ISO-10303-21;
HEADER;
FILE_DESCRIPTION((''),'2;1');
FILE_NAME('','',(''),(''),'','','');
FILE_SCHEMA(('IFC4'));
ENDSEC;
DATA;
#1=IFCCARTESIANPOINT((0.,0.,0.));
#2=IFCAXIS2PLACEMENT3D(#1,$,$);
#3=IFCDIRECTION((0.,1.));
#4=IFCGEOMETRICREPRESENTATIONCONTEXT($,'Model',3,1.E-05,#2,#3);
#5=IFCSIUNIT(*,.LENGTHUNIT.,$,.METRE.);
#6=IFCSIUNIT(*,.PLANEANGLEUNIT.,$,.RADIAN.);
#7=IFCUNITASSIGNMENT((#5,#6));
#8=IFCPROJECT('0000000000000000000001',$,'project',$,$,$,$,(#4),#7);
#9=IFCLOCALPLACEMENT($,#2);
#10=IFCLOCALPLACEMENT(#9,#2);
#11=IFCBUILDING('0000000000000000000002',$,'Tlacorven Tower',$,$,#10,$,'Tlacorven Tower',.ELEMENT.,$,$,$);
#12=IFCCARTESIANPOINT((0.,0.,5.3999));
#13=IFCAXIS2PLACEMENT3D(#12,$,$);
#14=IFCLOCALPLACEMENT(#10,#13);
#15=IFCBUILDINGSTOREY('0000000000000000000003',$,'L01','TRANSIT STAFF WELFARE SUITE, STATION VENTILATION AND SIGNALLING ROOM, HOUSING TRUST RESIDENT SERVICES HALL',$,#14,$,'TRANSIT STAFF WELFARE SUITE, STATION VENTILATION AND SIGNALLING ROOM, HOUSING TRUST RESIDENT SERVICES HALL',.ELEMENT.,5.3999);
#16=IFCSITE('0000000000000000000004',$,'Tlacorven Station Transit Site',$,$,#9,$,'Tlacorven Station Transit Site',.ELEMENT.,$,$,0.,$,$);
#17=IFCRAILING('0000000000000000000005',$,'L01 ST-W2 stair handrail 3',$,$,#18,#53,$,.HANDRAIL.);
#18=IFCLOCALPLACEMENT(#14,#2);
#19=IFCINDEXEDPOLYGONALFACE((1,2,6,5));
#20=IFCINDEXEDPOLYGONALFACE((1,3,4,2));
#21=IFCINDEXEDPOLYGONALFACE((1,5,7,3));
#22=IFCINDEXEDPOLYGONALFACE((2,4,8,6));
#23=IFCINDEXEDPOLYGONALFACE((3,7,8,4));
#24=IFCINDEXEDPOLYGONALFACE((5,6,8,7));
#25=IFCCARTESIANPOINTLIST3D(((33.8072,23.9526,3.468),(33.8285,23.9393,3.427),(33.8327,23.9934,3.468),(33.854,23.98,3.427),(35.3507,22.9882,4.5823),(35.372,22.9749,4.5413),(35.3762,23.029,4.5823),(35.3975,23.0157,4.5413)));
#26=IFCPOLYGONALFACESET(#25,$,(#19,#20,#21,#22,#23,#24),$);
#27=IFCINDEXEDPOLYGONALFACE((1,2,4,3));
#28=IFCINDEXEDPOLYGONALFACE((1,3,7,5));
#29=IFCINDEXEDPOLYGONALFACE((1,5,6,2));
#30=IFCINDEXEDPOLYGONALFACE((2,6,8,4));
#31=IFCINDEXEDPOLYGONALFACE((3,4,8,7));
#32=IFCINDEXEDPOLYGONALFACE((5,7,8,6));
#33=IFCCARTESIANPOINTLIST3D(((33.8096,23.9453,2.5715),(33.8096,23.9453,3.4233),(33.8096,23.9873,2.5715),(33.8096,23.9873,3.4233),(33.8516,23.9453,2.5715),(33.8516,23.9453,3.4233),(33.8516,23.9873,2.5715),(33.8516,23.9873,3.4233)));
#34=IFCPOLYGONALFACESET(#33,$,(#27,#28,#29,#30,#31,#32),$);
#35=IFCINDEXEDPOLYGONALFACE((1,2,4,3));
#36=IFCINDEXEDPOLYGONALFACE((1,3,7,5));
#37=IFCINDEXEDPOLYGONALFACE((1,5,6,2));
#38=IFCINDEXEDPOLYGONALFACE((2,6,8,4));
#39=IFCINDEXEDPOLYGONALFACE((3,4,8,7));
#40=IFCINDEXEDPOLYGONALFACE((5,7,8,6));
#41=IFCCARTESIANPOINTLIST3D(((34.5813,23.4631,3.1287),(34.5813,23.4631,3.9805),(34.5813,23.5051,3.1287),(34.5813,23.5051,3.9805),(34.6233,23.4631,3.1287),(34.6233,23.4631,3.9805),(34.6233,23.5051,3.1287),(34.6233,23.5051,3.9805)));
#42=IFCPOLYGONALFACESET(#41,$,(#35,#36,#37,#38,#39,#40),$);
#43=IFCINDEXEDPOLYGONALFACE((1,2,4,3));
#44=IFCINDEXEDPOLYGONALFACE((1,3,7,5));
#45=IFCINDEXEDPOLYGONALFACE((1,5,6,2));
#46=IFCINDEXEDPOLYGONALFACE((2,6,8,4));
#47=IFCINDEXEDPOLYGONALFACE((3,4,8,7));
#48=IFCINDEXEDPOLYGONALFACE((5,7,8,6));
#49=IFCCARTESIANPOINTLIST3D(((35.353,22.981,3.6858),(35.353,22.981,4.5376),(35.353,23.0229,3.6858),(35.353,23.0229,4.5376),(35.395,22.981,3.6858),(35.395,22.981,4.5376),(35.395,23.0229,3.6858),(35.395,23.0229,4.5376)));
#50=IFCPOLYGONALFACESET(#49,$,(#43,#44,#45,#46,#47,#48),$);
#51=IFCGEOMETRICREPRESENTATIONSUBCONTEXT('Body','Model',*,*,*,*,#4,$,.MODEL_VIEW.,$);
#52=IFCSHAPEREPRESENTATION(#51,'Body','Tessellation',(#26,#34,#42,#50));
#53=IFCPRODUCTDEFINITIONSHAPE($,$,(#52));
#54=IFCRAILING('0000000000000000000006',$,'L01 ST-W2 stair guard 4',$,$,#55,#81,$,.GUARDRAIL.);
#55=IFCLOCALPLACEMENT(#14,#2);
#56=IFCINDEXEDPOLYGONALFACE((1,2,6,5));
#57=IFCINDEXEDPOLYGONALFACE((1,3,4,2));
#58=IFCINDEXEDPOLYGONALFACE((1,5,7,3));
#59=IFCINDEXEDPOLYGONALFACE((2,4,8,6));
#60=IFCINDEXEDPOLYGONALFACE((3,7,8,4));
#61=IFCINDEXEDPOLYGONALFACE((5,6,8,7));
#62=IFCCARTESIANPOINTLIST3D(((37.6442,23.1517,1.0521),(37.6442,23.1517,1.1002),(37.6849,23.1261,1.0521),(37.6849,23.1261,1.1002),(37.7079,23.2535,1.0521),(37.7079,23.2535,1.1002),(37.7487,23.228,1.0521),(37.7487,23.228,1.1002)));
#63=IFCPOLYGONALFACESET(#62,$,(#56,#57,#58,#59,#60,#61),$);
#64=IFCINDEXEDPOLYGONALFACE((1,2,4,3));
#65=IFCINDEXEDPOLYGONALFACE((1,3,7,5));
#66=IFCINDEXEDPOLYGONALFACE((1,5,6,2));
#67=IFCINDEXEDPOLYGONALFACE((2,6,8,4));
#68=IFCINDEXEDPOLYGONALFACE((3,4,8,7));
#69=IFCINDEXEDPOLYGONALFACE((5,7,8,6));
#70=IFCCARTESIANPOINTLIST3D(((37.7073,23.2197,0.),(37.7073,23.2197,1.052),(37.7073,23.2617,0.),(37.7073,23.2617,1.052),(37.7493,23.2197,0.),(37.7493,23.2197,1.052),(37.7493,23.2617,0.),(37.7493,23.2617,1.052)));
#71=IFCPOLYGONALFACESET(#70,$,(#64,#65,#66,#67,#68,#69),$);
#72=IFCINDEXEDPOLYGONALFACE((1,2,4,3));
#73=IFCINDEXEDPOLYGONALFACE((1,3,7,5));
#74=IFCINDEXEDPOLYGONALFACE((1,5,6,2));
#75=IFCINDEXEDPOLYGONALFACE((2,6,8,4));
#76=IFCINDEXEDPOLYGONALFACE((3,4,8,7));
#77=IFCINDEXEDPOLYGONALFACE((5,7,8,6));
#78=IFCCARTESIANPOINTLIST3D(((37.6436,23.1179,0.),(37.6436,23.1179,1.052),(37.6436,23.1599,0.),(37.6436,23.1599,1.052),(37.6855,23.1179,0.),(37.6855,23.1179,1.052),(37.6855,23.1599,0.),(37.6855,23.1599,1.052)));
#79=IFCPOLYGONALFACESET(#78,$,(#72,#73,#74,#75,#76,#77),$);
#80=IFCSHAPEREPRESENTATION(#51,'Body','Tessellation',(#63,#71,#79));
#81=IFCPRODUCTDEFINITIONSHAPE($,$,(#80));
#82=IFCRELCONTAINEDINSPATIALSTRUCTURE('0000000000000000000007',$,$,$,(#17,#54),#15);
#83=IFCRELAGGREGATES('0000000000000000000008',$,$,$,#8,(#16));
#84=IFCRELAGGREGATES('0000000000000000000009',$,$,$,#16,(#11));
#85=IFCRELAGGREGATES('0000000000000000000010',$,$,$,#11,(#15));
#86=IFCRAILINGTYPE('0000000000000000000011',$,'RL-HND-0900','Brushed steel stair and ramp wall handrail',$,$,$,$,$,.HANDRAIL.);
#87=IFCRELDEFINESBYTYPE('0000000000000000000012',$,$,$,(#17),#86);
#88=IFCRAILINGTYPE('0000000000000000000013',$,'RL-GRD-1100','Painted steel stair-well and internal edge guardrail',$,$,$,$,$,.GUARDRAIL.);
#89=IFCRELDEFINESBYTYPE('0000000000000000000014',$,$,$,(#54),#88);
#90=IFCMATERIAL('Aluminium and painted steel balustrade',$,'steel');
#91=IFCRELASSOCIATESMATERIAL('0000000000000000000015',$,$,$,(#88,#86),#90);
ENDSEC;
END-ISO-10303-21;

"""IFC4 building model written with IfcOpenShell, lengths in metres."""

from ifc_helpers import new_model, si_unit, direction, frame, origin, origin_2d, place, context, subcontext, project, spatial, rectangle, extrude, source, transform, mapped, material, type_object, element, save


model = new_model("IFC4")

# Units and contexts
model_context = context("Model", 3, precision=1e-05, world=origin(), true_north=direction((0.0, 1.0)))
body_context = subcontext(model_context, "Body", "Model", "MODEL_VIEW")
ifc_project = project(units=[si_unit("LENGTHUNIT", "METRE"), si_unit("PLANEANGLEUNIT", "RADIAN")], contexts=[model_context])

# Site, building, storey
site_placement = place(None, origin())
site = spatial("IfcSite", under=ifc_project, at=site_placement, Name="Tlacorven Station Transit Site", LongName="Tlacorven Station Transit Site", CompositionType="ELEMENT", RefElevation=0.0)
building_placement = place(site_placement, origin())
building = spatial("IfcBuilding", under=site, at=building_placement, Name="Tlacorven Tower", LongName="Tlacorven Tower", CompositionType="ELEMENT")
storey_placement = place(building_placement, frame((0.0, 0.0, 5.3999)))
storey = spatial("IfcBuildingStorey", under=building, at=storey_placement, Name="L01", Description="TRANSIT STAFF WELFARE SUITE, STATION VENTILATION AND SIGNALLING ROOM, HOUSING TRUST RESIDENT SERVICES HALL", LongName="TRANSIT STAFF WELFARE SUITE, STATION VENTILATION AND SIGNALLING ROOM, HOUSING TRUST RESIDENT SERVICES HALL", CompositionType="ELEMENT", Elevation=5.3999)

# Railings
ifc_material_1 = material(Name="Aluminium and painted steel balustrade", Category="steel")
railing_type_1 = type_object("IfcRailingType", Name="RL-GRD-1100", Description="Painted steel stair-well and internal edge guardrail", PredefinedType="GUARDRAIL", material=ifc_material_1)
railing_type_2 = type_object("IfcRailingType", Name="RL-HND-0900", Description="Brushed steel stair and ramp wall handrail", PredefinedType="HANDRAIL", material=ifc_material_1)
shared_shape_1 = source(origin(), body_context, "Body", "SweptSolid", [
    extrude(rectangle(XDim=0.0481, YDim=0.0481, at=origin_2d()), frame((0.0, 0.0, 0.876), z_axis=(0.723281, -0.451908, 0.522153), x_axis=(0.529878, 0.848074, 0.0)), (0.0, 0.0, 1.0), 2.134),
    extrude(rectangle(XDim=0.042, YDim=0.042, at=origin_2d()), origin(), (0.0, 0.0, 1.0), 0.8518),
    extrude(rectangle(XDim=0.042, YDim=0.042, at=origin_2d()), frame((0.7717, -0.4822, 0.5571)), (0.0, 0.0, 1.0), 0.8518),
    extrude(rectangle(XDim=0.042, YDim=0.042, at=origin_2d()), frame((1.5435, -0.9644, 1.1143)), (0.0, 0.0, 1.0), 0.8518),
])
railing_1_placement = place(storey_placement, frame((33.8306, 23.9663, 2.5715)))
element("IfcRailing", 1, at=railing_1_placement, inside=storey, type_object=railing_type_2, Name="L01 ST-W2 stair handrail 3", PredefinedType="HANDRAIL", context=body_context, shape_type="MappedRepresentation", body=[
    mapped(shared_shape_1, transform((0.0, 0.0, 0.0), scale=1.0)),
])
shared_shape_2 = source(origin(), body_context, "Body", "SweptSolid", [
    extrude(rectangle(XDim=0.0481, YDim=0.0481, at=origin_2d()), frame((0.0, 0.0, 1.0762), z_axis=(-0.530547, -0.847656, 0.0), x_axis=(0.847656, -0.530547, 0.0)), (0.0, 0.0, 1.0), 0.1201),
    extrude(rectangle(XDim=0.042, YDim=0.042, at=origin_2d()), origin(), (0.0, 0.0, 1.0), 1.052),
    extrude(rectangle(XDim=0.042, YDim=0.042, at=origin_2d()), frame((-0.0637, -0.1018, 0.0)), (0.0, 0.0, 1.0), 1.052),
])
railing_2_placement = place(storey_placement, frame((37.7283, 23.2407, 0.0)))
element("IfcRailing", 2, at=railing_2_placement, inside=storey, type_object=railing_type_1, Name="L01 ST-W2 stair guard 4", PredefinedType="GUARDRAIL", context=body_context, shape_type="MappedRepresentation", body=[
    mapped(shared_shape_2, transform((0.0, 0.0, 0.0), scale=1.0)),
])

save(model, "model.ifc")
